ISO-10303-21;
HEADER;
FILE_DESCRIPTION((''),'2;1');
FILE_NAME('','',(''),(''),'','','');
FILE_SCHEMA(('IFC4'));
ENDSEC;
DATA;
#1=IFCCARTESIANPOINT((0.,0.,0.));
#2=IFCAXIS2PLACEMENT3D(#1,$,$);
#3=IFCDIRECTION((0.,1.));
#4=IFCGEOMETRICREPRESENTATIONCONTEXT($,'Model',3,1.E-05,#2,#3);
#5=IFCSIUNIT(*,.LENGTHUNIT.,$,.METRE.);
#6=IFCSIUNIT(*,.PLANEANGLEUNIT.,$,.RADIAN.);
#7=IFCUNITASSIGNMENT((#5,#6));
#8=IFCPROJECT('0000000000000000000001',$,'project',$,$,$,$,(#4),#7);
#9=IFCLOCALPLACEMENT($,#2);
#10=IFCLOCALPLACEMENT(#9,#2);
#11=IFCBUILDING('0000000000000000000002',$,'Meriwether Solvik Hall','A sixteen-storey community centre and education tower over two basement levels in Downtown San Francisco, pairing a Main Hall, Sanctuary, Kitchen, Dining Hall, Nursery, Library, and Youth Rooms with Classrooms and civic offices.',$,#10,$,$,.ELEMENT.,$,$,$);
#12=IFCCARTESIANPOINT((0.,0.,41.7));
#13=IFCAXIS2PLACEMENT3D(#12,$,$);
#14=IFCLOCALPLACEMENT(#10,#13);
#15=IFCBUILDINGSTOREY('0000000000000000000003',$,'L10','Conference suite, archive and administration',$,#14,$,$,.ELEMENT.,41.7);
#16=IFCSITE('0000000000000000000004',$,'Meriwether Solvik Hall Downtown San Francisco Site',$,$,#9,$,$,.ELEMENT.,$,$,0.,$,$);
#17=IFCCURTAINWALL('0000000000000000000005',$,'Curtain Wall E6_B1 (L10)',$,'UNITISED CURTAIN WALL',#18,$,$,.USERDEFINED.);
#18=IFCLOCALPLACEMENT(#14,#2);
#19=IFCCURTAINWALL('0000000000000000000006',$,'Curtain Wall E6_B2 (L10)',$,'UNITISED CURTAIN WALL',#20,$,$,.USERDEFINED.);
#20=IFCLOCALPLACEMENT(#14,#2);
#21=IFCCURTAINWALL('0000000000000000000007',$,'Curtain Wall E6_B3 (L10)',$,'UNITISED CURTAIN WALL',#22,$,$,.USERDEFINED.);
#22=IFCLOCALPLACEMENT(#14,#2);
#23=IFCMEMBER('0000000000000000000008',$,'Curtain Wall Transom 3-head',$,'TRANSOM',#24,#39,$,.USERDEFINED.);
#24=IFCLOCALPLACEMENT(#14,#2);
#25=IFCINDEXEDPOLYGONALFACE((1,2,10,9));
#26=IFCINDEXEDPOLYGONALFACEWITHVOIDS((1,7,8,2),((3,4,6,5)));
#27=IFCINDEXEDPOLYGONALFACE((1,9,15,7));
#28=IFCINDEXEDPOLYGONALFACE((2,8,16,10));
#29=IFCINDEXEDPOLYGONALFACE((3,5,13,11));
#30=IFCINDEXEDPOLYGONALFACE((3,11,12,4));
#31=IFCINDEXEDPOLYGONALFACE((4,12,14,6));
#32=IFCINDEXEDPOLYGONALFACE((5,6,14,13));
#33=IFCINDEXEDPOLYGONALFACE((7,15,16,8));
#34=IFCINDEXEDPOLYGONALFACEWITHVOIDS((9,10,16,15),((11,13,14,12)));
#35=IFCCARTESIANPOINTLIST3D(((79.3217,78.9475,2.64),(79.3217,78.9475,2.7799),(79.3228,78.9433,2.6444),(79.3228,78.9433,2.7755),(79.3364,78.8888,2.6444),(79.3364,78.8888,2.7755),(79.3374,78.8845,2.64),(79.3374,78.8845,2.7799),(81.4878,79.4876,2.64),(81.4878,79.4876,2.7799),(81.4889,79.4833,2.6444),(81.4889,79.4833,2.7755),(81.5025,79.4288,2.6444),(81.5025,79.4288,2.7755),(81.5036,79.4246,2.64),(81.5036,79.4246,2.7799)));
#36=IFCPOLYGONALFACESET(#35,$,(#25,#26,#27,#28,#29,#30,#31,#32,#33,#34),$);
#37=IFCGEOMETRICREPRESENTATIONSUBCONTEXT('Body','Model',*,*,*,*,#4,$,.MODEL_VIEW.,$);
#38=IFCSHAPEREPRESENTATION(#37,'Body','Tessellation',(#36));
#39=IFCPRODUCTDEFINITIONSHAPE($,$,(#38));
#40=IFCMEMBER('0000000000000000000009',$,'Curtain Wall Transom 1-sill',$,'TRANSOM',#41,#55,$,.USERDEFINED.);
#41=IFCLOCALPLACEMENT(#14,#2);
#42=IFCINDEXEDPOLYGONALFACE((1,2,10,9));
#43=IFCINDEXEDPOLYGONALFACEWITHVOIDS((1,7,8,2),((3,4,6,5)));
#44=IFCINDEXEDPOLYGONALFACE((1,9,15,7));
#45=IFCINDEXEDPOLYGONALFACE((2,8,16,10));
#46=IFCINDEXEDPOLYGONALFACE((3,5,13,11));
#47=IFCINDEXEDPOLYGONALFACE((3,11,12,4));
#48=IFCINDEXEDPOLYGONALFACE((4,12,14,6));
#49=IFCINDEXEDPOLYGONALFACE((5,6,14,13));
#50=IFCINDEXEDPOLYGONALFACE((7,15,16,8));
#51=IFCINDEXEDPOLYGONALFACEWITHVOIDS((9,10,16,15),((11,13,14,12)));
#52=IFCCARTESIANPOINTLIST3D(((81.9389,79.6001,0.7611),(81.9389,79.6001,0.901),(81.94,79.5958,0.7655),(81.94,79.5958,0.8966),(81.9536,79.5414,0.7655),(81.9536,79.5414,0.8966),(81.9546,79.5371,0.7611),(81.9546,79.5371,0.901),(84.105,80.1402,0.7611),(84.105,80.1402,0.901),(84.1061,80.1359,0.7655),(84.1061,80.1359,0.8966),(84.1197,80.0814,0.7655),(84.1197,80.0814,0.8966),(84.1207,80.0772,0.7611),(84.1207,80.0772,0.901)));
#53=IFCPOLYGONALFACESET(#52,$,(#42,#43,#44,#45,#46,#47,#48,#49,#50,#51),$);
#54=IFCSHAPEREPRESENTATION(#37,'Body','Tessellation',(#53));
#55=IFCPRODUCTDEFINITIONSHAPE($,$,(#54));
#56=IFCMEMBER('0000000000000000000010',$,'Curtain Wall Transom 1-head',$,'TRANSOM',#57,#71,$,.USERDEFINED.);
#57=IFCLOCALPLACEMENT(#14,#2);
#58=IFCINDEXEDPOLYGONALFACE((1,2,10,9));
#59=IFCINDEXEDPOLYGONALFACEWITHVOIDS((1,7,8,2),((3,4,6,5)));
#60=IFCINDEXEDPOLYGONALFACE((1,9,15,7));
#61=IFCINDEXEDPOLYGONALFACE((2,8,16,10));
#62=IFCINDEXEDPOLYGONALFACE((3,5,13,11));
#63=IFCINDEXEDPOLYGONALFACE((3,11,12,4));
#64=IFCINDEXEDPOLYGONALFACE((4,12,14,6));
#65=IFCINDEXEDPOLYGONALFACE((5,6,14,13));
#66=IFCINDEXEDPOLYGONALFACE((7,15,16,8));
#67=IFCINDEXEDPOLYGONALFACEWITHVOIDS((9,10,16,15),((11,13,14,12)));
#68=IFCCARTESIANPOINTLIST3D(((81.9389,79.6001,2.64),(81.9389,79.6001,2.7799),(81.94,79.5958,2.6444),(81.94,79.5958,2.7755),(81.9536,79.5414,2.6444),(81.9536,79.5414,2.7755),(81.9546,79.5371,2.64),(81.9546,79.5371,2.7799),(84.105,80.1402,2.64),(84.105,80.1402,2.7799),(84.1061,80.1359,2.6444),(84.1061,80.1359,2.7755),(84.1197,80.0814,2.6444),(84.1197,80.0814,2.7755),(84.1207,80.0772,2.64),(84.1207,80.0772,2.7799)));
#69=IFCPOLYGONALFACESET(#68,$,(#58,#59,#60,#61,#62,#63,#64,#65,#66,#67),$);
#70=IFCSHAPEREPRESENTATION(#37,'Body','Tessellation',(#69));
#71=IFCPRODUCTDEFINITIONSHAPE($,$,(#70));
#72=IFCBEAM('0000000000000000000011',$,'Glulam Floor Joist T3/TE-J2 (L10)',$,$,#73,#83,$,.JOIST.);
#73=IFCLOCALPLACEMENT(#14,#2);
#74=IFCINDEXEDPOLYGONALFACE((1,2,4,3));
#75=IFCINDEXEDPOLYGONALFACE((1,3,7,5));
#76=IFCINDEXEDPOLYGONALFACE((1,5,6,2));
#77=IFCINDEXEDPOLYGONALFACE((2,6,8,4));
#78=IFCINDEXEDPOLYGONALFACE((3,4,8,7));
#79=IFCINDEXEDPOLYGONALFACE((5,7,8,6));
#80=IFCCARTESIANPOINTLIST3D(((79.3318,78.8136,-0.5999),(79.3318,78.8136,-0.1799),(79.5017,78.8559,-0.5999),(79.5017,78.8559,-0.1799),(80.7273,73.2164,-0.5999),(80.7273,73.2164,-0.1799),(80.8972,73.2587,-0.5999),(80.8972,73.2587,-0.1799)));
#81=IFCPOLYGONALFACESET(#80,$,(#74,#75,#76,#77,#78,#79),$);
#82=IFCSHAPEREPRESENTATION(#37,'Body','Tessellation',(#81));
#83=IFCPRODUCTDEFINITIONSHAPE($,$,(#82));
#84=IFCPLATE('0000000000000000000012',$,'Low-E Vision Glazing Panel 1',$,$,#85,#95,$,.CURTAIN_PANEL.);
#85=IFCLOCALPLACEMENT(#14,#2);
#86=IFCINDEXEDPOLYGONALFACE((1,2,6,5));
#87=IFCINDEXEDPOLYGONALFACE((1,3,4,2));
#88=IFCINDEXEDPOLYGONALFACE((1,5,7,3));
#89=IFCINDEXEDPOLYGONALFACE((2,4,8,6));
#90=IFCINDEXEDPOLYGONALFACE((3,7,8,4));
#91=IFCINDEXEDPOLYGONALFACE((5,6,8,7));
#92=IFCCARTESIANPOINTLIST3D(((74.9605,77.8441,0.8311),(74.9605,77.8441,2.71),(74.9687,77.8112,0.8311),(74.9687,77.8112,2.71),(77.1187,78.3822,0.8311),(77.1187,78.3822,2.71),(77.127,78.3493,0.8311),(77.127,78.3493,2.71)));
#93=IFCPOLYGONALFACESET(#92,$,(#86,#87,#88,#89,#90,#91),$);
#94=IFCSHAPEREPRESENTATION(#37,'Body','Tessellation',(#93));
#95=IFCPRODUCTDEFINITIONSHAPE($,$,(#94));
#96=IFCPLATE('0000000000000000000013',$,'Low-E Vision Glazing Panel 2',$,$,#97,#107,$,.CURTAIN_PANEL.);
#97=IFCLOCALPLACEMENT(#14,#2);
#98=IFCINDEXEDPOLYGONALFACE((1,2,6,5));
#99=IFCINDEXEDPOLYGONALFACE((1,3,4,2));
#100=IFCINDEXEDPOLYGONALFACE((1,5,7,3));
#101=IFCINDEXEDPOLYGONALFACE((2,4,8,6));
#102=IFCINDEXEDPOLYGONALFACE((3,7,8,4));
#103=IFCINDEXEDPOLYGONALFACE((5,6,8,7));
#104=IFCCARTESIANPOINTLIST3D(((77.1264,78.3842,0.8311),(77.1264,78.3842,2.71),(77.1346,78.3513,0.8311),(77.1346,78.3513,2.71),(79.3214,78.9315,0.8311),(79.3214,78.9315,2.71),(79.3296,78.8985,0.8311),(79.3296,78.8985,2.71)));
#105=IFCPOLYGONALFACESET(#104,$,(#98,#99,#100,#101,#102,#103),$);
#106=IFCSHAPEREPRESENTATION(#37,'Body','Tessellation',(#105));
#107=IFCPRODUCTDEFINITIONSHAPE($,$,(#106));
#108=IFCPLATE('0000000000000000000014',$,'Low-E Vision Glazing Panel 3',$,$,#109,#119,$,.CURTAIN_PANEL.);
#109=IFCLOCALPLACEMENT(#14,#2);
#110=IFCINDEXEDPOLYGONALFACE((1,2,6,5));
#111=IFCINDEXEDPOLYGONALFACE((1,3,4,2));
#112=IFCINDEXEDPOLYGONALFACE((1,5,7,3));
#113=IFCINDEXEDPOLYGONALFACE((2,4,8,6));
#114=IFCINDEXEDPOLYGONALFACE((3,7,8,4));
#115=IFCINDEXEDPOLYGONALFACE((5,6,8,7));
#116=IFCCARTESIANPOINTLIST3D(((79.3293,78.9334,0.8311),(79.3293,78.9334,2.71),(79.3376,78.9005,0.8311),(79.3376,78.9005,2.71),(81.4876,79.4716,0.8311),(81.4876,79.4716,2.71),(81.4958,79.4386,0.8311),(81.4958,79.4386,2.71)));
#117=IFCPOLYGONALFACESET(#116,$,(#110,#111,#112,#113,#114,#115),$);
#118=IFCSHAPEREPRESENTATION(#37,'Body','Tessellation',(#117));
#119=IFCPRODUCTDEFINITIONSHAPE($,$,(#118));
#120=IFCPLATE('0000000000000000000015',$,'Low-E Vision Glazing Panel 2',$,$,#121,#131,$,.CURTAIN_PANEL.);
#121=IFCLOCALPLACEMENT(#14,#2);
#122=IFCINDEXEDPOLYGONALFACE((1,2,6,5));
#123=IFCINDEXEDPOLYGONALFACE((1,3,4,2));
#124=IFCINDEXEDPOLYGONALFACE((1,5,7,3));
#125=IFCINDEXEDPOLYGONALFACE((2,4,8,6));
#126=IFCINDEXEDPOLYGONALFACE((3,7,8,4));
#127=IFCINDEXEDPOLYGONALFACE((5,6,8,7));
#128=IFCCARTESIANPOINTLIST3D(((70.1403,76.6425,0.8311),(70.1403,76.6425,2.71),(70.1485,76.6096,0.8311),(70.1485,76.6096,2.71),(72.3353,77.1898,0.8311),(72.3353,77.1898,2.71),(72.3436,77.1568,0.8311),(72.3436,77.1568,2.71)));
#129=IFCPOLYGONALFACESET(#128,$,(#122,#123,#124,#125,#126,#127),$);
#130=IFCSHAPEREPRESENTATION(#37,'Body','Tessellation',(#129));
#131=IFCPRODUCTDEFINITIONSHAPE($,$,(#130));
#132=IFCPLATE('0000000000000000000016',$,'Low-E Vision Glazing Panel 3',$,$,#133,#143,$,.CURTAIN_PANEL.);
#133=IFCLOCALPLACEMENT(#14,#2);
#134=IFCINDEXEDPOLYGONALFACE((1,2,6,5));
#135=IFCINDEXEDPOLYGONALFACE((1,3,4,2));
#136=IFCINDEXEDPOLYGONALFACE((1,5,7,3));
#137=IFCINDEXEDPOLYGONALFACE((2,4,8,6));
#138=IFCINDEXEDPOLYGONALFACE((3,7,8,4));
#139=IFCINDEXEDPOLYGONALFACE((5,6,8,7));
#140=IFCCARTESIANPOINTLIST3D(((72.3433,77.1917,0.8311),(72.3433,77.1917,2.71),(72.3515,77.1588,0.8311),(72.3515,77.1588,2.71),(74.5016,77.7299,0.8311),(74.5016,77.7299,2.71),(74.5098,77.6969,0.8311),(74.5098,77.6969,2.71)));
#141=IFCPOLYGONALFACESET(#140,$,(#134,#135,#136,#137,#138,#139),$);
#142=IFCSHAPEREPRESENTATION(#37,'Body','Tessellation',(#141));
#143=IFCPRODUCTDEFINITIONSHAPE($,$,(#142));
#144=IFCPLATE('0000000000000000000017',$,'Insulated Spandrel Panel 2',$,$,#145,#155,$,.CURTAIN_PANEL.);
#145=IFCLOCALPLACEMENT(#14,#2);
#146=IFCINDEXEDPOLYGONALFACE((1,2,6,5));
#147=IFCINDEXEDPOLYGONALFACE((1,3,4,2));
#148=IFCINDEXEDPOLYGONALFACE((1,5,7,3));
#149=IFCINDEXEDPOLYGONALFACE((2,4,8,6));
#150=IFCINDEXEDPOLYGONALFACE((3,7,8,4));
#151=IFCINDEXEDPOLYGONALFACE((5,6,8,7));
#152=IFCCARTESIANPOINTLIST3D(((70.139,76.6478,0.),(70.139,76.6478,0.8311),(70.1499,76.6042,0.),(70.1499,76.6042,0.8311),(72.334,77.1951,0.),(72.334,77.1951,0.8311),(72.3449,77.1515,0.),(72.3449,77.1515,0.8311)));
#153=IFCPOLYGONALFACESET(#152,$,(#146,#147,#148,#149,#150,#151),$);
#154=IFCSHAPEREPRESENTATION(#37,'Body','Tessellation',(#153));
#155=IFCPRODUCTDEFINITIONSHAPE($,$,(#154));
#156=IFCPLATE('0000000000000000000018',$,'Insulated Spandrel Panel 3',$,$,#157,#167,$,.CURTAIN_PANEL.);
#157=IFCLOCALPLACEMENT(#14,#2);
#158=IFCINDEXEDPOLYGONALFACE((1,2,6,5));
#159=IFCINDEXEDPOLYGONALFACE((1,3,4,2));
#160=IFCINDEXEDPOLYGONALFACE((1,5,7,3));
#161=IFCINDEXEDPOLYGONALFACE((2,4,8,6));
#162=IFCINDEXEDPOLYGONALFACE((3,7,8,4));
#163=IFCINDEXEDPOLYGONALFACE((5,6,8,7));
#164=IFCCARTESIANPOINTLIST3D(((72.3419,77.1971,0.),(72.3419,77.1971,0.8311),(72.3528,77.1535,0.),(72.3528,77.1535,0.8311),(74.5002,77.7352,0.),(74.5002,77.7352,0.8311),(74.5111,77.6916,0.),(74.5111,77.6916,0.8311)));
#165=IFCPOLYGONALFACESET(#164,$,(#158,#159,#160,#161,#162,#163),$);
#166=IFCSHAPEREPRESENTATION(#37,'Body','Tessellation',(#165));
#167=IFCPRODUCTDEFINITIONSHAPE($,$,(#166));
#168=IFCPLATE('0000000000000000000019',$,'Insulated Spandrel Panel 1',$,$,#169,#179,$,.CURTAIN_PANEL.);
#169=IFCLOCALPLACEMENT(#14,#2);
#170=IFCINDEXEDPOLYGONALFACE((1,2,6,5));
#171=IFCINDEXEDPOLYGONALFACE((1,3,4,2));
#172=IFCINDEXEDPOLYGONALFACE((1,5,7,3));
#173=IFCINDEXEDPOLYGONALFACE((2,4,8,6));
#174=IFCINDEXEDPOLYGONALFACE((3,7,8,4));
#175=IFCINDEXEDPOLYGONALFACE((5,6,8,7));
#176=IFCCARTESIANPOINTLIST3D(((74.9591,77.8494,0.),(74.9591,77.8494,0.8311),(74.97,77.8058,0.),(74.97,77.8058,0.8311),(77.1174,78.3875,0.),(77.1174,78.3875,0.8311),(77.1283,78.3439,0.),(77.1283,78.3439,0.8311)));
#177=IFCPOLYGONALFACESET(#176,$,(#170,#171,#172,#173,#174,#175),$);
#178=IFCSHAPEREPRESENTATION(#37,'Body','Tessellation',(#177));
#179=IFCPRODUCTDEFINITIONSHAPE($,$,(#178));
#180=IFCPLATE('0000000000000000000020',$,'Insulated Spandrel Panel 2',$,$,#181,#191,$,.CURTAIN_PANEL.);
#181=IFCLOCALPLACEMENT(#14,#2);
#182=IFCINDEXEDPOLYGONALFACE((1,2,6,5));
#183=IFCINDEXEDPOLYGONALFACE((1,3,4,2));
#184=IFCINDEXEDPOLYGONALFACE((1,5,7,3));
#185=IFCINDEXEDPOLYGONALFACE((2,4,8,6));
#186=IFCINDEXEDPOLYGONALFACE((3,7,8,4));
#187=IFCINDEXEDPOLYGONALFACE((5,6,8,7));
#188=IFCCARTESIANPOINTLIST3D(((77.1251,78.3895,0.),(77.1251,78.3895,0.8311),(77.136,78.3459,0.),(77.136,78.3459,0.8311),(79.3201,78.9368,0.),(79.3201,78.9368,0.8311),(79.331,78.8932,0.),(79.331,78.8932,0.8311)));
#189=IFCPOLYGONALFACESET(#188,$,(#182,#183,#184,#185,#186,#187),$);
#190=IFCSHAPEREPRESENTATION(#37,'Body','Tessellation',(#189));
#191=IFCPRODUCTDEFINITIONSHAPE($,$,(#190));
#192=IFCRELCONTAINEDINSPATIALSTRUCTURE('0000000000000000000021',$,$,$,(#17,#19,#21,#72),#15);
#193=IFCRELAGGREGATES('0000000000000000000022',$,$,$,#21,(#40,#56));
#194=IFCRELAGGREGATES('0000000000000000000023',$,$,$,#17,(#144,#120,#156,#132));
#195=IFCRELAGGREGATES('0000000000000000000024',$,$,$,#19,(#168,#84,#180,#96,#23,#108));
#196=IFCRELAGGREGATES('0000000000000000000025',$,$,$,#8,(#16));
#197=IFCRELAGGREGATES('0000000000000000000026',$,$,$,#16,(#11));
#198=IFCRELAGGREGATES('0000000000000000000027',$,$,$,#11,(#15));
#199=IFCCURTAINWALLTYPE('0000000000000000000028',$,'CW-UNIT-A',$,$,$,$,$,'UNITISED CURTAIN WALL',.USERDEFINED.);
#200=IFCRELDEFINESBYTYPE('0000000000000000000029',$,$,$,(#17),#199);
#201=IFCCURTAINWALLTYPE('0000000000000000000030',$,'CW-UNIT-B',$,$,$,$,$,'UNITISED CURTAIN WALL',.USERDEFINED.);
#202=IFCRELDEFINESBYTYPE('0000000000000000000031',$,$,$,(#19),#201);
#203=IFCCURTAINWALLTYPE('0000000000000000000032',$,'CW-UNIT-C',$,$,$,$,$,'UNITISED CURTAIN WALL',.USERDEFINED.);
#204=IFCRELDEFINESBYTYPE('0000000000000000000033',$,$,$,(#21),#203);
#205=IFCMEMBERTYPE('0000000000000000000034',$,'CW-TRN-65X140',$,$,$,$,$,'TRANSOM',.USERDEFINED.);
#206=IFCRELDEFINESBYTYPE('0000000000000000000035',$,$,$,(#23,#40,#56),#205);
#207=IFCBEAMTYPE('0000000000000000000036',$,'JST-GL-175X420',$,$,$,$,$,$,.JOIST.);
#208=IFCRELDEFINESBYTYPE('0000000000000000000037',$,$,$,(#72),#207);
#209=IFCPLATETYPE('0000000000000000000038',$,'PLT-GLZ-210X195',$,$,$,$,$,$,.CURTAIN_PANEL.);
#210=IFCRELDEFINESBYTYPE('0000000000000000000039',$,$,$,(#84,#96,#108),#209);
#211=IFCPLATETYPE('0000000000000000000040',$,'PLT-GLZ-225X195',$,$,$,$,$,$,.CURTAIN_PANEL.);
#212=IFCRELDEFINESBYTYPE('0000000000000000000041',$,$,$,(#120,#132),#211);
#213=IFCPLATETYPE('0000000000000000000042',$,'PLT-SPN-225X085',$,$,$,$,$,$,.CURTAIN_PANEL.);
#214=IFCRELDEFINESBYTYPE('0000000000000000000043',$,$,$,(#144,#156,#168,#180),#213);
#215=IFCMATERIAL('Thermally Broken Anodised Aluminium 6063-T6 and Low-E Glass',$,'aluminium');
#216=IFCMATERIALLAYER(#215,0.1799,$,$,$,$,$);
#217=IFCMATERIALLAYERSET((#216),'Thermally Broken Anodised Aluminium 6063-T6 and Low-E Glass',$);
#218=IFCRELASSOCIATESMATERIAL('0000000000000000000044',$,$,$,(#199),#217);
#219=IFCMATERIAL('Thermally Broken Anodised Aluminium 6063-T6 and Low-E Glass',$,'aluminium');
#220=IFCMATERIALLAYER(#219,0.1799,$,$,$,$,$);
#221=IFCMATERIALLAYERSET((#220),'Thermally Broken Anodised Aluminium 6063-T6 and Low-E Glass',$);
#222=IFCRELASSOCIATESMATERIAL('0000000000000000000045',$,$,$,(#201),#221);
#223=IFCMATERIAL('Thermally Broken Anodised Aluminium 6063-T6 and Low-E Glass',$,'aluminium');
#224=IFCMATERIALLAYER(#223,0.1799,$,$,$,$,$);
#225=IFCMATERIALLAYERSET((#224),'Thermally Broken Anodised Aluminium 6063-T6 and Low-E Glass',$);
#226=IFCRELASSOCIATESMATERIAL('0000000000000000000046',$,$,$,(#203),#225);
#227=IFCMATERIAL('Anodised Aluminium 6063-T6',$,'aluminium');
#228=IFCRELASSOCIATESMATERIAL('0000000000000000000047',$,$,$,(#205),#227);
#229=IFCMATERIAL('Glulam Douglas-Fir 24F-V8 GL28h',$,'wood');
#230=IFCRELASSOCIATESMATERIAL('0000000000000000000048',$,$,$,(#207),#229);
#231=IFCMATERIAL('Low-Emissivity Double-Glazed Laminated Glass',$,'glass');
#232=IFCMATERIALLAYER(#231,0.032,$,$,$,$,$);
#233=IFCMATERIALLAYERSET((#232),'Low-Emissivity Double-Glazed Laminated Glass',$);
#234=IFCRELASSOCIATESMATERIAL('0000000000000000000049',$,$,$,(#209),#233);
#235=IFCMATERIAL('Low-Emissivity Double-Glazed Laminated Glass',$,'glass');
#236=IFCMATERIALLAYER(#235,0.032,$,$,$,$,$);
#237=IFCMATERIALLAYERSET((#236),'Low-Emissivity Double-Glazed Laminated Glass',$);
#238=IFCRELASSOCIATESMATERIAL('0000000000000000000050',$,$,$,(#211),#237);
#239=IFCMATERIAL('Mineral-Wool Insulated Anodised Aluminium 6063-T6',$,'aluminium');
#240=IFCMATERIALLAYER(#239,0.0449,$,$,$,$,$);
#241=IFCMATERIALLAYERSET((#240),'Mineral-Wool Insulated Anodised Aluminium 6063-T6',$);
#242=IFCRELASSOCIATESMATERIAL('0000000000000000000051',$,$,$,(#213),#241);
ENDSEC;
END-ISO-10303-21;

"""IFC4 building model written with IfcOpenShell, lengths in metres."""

from ifc_helpers import new_model, si_unit, direction, frame, origin, origin_2d, place, context, subcontext, project, spatial, rectangle, hollow_rectangle, extrude, material, layer, layer_set, material_profile, profile_set, type_object, element, aggregate, save


model = new_model("IFC4")

# Units and contexts
model_context = context("Model", 3, precision=1e-05, world=origin(), true_north=direction((0.0, 1.0)))
body_context = subcontext(model_context, "Body", "Model", "MODEL_VIEW")
ifc_project = project(units=[si_unit("LENGTHUNIT", "METRE"), si_unit("PLANEANGLEUNIT", "RADIAN")], contexts=[model_context])

# Site, building, storey
site_placement = place(None, origin())
site = spatial("IfcSite", under=ifc_project, at=site_placement, Name="Meriwether Solvik Hall Downtown San Francisco Site", CompositionType="ELEMENT", RefElevation=0.0)
building_placement = place(site_placement, origin())
building = spatial("IfcBuilding", under=site, at=building_placement, Name="Meriwether Solvik Hall", Description="A sixteen-storey community centre and education tower over two basement levels in Downtown San Francisco, pairing a Main Hall, Sanctuary, Kitchen, Dining Hall, Nursery, Library, and Youth Rooms with Classrooms and civic offices.", CompositionType="ELEMENT")
storey_placement = place(building_placement, frame((0.0, 0.0, 41.7)))
storey = spatial("IfcBuildingStorey", under=building, at=storey_placement, Name="L10", Description="Conference suite, archive and administration", CompositionType="ELEMENT", Elevation=41.7)

# Curtain walls
ifc_material_1 = material(Name="Thermally Broken Anodised Aluminium 6063-T6 and Low-E Glass", Category="aluminium")
ifc_layer_1 = layer(ifc_material_1, 0.1799)
ifc_layer_set_1 = layer_set([ifc_layer_1], Name="Thermally Broken Anodised Aluminium 6063-T6 and Low-E Glass")
curtain_wall_type_1 = type_object("IfcCurtainWallType", Name="CW-UNIT-A", ElementType="UNITISED CURTAIN WALL", PredefinedType="USERDEFINED", material=ifc_layer_set_1)
curtain_wall_1_placement = place(storey_placement, origin())
curtain_wall_1 = element("IfcCurtainWall", 1, at=curtain_wall_1_placement, inside=storey, type_object=curtain_wall_type_1, Name="Curtain Wall E6_B1 (L10)", ObjectType="UNITISED CURTAIN WALL", PredefinedType="USERDEFINED")
ifc_material_2 = material(Name="Thermally Broken Anodised Aluminium 6063-T6 and Low-E Glass", Category="aluminium")
ifc_layer_2 = layer(ifc_material_2, 0.1799)
ifc_layer_set_2 = layer_set([ifc_layer_2], Name="Thermally Broken Anodised Aluminium 6063-T6 and Low-E Glass")
curtain_wall_type_2 = type_object("IfcCurtainWallType", Name="CW-UNIT-B", ElementType="UNITISED CURTAIN WALL", PredefinedType="USERDEFINED", material=ifc_layer_set_2)
curtain_wall_2_placement = place(storey_placement, origin())
curtain_wall_2 = element("IfcCurtainWall", 2, at=curtain_wall_2_placement, inside=storey, type_object=curtain_wall_type_2, Name="Curtain Wall E6_B2 (L10)", ObjectType="UNITISED CURTAIN WALL", PredefinedType="USERDEFINED")

# Curtain wall
ifc_material_3 = material(Name="Thermally Broken Anodised Aluminium 6063-T6 and Low-E Glass", Category="aluminium")
ifc_layer_3 = layer(ifc_material_3, 0.1799)
ifc_layer_set_3 = layer_set([ifc_layer_3], Name="Thermally Broken Anodised Aluminium 6063-T6 and Low-E Glass")
curtain_wall_type_3 = type_object("IfcCurtainWallType", Name="CW-UNIT-C", ElementType="UNITISED CURTAIN WALL", PredefinedType="USERDEFINED", material=ifc_layer_set_3)
curtain_wall_3_placement = place(storey_placement, origin())
curtain_wall_3 = element("IfcCurtainWall", 3, at=curtain_wall_3_placement, inside=storey, type_object=curtain_wall_type_3, Name="Curtain Wall E6_B3 (L10)", ObjectType="UNITISED CURTAIN WALL", PredefinedType="USERDEFINED")

# Members
ifc_material_4 = material(Name="Anodised Aluminium 6063-T6", Category="aluminium")
ifc_material_profile_1 = material_profile(ifc_material_4, hollow_rectangle(XDim=0.0649, YDim=0.1399, WallThickness=0.0044, at=origin_2d()), Name="CWT-65X140")
ifc_profile_set_1 = profile_set([ifc_material_profile_1], Name="Anodised Aluminium 6063-T6")
member_type_1 = type_object("IfcMemberType", Name="CW-TRN-65X140", ElementType="TRANSOM", PredefinedType="USERDEFINED", material=ifc_profile_set_1)
member_1_placement = place(storey_placement, frame((79.3296, 78.916, 2.71), z_axis=(0.970297, 0.241918, 0.0), x_axis=(-0.241918, 0.970297, 0.0)))
member_1 = element("IfcMember", 4, at=member_1_placement, type_object=member_type_1, Name="Curtain Wall Transom 3-head", ObjectType="TRANSOM", PredefinedType="USERDEFINED", context=body_context, shape_type="SweptSolid", body=[
    extrude(hollow_rectangle(XDim=0.0649, YDim=0.1399, WallThickness=0.0044, at=origin_2d()), origin(), (0.0, 0.0, 1.0), 2.2324),
])
member_2_placement = place(storey_placement, frame((81.9468, 79.5686, 0.8311), z_axis=(0.970297, 0.241918, 0.0), x_axis=(-0.241918, 0.970297, 0.0)))
member_2 = element("IfcMember", 5, at=member_2_placement, type_object=member_type_1, Name="Curtain Wall Transom 1-sill", ObjectType="TRANSOM", PredefinedType="USERDEFINED", context=body_context, shape_type="SweptSolid", body=[
    extrude(hollow_rectangle(XDim=0.0649, YDim=0.1399, WallThickness=0.0044, at=origin_2d()), origin(), (0.0, 0.0, 1.0), 2.2324),
])
member_3_placement = place(storey_placement, frame((81.9468, 79.5686, 2.71), z_axis=(0.970297, 0.241918, 0.0), x_axis=(-0.241918, 0.970297, 0.0)))
member_3 = element("IfcMember", 6, at=member_3_placement, type_object=member_type_1, Name="Curtain Wall Transom 1-head", ObjectType="TRANSOM", PredefinedType="USERDEFINED", context=body_context, shape_type="SweptSolid", body=[
    extrude(hollow_rectangle(XDim=0.0649, YDim=0.1399, WallThickness=0.0044, at=origin_2d()), origin(), (0.0, 0.0, 1.0), 2.2324),
])
aggregate(curtain_wall_3, [member_2, member_3])

# Beam
ifc_material_5 = material(Name="Glulam Douglas-Fir 24F-V8 GL28h", Category="wood")
ifc_material_profile_2 = material_profile(ifc_material_5, rectangle(XDim=0.175, YDim=0.4199, at=origin_2d()), Name="GLJ-175X420")
ifc_profile_set_2 = profile_set([ifc_material_profile_2], Name="Glulam Douglas-Fir 24F-V8 GL28h")
beam_type_1 = type_object("IfcBeamType", Name="JST-GL-175X420", PredefinedType="JOIST", material=ifc_profile_set_2)
beam_placement = place(storey_placement, frame((80.8123, 73.2375, -0.3899), z_axis=(-0.241918, 0.970297, 0.0), x_axis=(-0.970297, -0.241918, 0.0)))
element("IfcBeam", 7, at=beam_placement, inside=storey, type_object=beam_type_1, Name="Glulam Floor Joist T3/TE-J2 (L10)", PredefinedType="JOIST", context=body_context, shape_type="SweptSolid", body=[
    extrude(rectangle(XDim=0.175, YDim=0.4199, at=origin_2d()), origin(), (0.0, 0.0, 1.0), 5.7686),
])

# Plates
ifc_material_6 = material(Name="Low-Emissivity Double-Glazed Laminated Glass", Category="glass")
ifc_layer_4 = layer(ifc_material_6, 0.032)
ifc_layer_set_4 = layer_set([ifc_layer_4], Name="Low-Emissivity Double-Glazed Laminated Glass")
plate_type_1 = type_object("IfcPlateType", Name="PLT-GLZ-210X195", PredefinedType="CURTAIN_PANEL", material=ifc_layer_set_4)
plate_1_placement = place(storey_placement, frame((76.0437, 78.0967, 0.8311), z_axis=(0.0, 0.0, 1.0), x_axis=(0.970296, 0.241922, 0.0)))
plate_1 = element("IfcPlate", 8, at=plate_1_placement, type_object=plate_type_1, Name="Low-E Vision Glazing Panel 1", PredefinedType="CURTAIN_PANEL", context=body_context, shape_type="SweptSolid", body=[
    extrude(rectangle(XDim=2.2244, YDim=0.0339, at=origin_2d()), origin(), (0.0, 0.0, 1.0), 1.8789),
])
plate_2_placement = place(storey_placement, frame((78.228, 78.6414, 0.8311), z_axis=(0.0, 0.0, 1.0), x_axis=(0.970296, 0.241922, 0.0)))
plate_2 = element("IfcPlate", 9, at=plate_2_placement, type_object=plate_type_1, Name="Low-E Vision Glazing Panel 2", PredefinedType="CURTAIN_PANEL", context=body_context, shape_type="SweptSolid", body=[
    extrude(rectangle(XDim=2.2622, YDim=0.0339, at=origin_2d()), origin(), (0.0, 0.0, 1.0), 1.8789),
])
plate_3_placement = place(storey_placement, frame((80.4126, 79.186, 0.8311), z_axis=(0.0, 0.0, 1.0), x_axis=(0.970296, 0.241922, 0.0)))
plate_3 = element("IfcPlate", 10, at=plate_3_placement, type_object=plate_type_1, Name="Low-E Vision Glazing Panel 3", PredefinedType="CURTAIN_PANEL", context=body_context, shape_type="SweptSolid", body=[
    extrude(rectangle(XDim=2.2244, YDim=0.0339, at=origin_2d()), origin(), (0.0, 0.0, 1.0), 1.8789),
])
ifc_material_7 = material(Name="Low-Emissivity Double-Glazed Laminated Glass", Category="glass")
ifc_layer_5 = layer(ifc_material_7, 0.032)
ifc_layer_set_5 = layer_set([ifc_layer_5], Name="Low-Emissivity Double-Glazed Laminated Glass")
plate_type_2 = type_object("IfcPlateType", Name="PLT-GLZ-225X195", PredefinedType="CURTAIN_PANEL", material=ifc_layer_set_5)
plate_4_placement = place(storey_placement, frame((71.2419, 76.8997, 0.8311), z_axis=(0.0, 0.0, 1.0), x_axis=(0.970296, 0.241922, 0.0)))
plate_4 = element("IfcPlate", 11, at=plate_4_placement, type_object=plate_type_2, Name="Low-E Vision Glazing Panel 2", PredefinedType="CURTAIN_PANEL", context=body_context, shape_type="SweptSolid", body=[
    extrude(rectangle(XDim=2.2622, YDim=0.0339, at=origin_2d()), origin(), (0.0, 0.0, 1.0), 1.8789),
])
plate_5_placement = place(storey_placement, frame((73.4265, 77.4443, 0.8311), z_axis=(0.0, 0.0, 1.0), x_axis=(0.970296, 0.241922, 0.0)))
plate_5 = element("IfcPlate", 12, at=plate_5_placement, type_object=plate_type_2, Name="Low-E Vision Glazing Panel 3", PredefinedType="CURTAIN_PANEL", context=body_context, shape_type="SweptSolid", body=[
    extrude(rectangle(XDim=2.2244, YDim=0.0339, at=origin_2d()), origin(), (0.0, 0.0, 1.0), 1.8789),
])
ifc_material_8 = material(Name="Mineral-Wool Insulated Anodised Aluminium 6063-T6", Category="aluminium")
ifc_layer_6 = layer(ifc_material_8, 0.0449)
ifc_layer_set_6 = layer_set([ifc_layer_6], Name="Mineral-Wool Insulated Anodised Aluminium 6063-T6")
plate_type_3 = type_object("IfcPlateType", Name="PLT-SPN-225X085", PredefinedType="CURTAIN_PANEL", material=ifc_layer_set_6)
plate_6_placement = place(storey_placement, frame((71.2419, 76.8997, 0.0), z_axis=(0.0, 0.0, 1.0), x_axis=(0.970296, 0.241922, 0.0)))
plate_6 = element("IfcPlate", 13, at=plate_6_placement, type_object=plate_type_3, Name="Insulated Spandrel Panel 2", PredefinedType="CURTAIN_PANEL", context=body_context, shape_type="SweptSolid", body=[
    extrude(rectangle(XDim=2.2622, YDim=0.0449, at=origin_2d()), origin(), (0.0, 0.0, 1.0), 0.8311),
])
plate_7_placement = place(storey_placement, frame((73.4265, 77.4443, 0.0), z_axis=(0.0, 0.0, 1.0), x_axis=(0.970296, 0.241922, 0.0)))
plate_7 = element("IfcPlate", 14, at=plate_7_placement, type_object=plate_type_3, Name="Insulated Spandrel Panel 3", PredefinedType="CURTAIN_PANEL", context=body_context, shape_type="SweptSolid", body=[
    extrude(rectangle(XDim=2.2244, YDim=0.0449, at=origin_2d()), origin(), (0.0, 0.0, 1.0), 0.8311),
])
aggregate(curtain_wall_1, [plate_6, plate_4, plate_7, plate_5])
plate_8_placement = place(storey_placement, frame((76.0437, 78.0967, 0.0), z_axis=(0.0, 0.0, 1.0), x_axis=(0.970296, 0.241922, 0.0)))
plate_8 = element("IfcPlate", 15, at=plate_8_placement, type_object=plate_type_3, Name="Insulated Spandrel Panel 1", PredefinedType="CURTAIN_PANEL", context=body_context, shape_type="SweptSolid", body=[
    extrude(rectangle(XDim=2.2244, YDim=0.0449, at=origin_2d()), origin(), (0.0, 0.0, 1.0), 0.8311),
])
plate_9_placement = place(storey_placement, frame((78.228, 78.6414, 0.0), z_axis=(0.0, 0.0, 1.0), x_axis=(0.970296, 0.241922, 0.0)))
plate_9 = element("IfcPlate", 16, at=plate_9_placement, type_object=plate_type_3, Name="Insulated Spandrel Panel 2", PredefinedType="CURTAIN_PANEL", context=body_context, shape_type="SweptSolid", body=[
    extrude(rectangle(XDim=2.2622, YDim=0.0449, at=origin_2d()), origin(), (0.0, 0.0, 1.0), 0.8311),
])
aggregate(curtain_wall_2, [plate_8, plate_1, plate_9, plate_2, member_1, plate_3])

save(model, "model.ifc")
